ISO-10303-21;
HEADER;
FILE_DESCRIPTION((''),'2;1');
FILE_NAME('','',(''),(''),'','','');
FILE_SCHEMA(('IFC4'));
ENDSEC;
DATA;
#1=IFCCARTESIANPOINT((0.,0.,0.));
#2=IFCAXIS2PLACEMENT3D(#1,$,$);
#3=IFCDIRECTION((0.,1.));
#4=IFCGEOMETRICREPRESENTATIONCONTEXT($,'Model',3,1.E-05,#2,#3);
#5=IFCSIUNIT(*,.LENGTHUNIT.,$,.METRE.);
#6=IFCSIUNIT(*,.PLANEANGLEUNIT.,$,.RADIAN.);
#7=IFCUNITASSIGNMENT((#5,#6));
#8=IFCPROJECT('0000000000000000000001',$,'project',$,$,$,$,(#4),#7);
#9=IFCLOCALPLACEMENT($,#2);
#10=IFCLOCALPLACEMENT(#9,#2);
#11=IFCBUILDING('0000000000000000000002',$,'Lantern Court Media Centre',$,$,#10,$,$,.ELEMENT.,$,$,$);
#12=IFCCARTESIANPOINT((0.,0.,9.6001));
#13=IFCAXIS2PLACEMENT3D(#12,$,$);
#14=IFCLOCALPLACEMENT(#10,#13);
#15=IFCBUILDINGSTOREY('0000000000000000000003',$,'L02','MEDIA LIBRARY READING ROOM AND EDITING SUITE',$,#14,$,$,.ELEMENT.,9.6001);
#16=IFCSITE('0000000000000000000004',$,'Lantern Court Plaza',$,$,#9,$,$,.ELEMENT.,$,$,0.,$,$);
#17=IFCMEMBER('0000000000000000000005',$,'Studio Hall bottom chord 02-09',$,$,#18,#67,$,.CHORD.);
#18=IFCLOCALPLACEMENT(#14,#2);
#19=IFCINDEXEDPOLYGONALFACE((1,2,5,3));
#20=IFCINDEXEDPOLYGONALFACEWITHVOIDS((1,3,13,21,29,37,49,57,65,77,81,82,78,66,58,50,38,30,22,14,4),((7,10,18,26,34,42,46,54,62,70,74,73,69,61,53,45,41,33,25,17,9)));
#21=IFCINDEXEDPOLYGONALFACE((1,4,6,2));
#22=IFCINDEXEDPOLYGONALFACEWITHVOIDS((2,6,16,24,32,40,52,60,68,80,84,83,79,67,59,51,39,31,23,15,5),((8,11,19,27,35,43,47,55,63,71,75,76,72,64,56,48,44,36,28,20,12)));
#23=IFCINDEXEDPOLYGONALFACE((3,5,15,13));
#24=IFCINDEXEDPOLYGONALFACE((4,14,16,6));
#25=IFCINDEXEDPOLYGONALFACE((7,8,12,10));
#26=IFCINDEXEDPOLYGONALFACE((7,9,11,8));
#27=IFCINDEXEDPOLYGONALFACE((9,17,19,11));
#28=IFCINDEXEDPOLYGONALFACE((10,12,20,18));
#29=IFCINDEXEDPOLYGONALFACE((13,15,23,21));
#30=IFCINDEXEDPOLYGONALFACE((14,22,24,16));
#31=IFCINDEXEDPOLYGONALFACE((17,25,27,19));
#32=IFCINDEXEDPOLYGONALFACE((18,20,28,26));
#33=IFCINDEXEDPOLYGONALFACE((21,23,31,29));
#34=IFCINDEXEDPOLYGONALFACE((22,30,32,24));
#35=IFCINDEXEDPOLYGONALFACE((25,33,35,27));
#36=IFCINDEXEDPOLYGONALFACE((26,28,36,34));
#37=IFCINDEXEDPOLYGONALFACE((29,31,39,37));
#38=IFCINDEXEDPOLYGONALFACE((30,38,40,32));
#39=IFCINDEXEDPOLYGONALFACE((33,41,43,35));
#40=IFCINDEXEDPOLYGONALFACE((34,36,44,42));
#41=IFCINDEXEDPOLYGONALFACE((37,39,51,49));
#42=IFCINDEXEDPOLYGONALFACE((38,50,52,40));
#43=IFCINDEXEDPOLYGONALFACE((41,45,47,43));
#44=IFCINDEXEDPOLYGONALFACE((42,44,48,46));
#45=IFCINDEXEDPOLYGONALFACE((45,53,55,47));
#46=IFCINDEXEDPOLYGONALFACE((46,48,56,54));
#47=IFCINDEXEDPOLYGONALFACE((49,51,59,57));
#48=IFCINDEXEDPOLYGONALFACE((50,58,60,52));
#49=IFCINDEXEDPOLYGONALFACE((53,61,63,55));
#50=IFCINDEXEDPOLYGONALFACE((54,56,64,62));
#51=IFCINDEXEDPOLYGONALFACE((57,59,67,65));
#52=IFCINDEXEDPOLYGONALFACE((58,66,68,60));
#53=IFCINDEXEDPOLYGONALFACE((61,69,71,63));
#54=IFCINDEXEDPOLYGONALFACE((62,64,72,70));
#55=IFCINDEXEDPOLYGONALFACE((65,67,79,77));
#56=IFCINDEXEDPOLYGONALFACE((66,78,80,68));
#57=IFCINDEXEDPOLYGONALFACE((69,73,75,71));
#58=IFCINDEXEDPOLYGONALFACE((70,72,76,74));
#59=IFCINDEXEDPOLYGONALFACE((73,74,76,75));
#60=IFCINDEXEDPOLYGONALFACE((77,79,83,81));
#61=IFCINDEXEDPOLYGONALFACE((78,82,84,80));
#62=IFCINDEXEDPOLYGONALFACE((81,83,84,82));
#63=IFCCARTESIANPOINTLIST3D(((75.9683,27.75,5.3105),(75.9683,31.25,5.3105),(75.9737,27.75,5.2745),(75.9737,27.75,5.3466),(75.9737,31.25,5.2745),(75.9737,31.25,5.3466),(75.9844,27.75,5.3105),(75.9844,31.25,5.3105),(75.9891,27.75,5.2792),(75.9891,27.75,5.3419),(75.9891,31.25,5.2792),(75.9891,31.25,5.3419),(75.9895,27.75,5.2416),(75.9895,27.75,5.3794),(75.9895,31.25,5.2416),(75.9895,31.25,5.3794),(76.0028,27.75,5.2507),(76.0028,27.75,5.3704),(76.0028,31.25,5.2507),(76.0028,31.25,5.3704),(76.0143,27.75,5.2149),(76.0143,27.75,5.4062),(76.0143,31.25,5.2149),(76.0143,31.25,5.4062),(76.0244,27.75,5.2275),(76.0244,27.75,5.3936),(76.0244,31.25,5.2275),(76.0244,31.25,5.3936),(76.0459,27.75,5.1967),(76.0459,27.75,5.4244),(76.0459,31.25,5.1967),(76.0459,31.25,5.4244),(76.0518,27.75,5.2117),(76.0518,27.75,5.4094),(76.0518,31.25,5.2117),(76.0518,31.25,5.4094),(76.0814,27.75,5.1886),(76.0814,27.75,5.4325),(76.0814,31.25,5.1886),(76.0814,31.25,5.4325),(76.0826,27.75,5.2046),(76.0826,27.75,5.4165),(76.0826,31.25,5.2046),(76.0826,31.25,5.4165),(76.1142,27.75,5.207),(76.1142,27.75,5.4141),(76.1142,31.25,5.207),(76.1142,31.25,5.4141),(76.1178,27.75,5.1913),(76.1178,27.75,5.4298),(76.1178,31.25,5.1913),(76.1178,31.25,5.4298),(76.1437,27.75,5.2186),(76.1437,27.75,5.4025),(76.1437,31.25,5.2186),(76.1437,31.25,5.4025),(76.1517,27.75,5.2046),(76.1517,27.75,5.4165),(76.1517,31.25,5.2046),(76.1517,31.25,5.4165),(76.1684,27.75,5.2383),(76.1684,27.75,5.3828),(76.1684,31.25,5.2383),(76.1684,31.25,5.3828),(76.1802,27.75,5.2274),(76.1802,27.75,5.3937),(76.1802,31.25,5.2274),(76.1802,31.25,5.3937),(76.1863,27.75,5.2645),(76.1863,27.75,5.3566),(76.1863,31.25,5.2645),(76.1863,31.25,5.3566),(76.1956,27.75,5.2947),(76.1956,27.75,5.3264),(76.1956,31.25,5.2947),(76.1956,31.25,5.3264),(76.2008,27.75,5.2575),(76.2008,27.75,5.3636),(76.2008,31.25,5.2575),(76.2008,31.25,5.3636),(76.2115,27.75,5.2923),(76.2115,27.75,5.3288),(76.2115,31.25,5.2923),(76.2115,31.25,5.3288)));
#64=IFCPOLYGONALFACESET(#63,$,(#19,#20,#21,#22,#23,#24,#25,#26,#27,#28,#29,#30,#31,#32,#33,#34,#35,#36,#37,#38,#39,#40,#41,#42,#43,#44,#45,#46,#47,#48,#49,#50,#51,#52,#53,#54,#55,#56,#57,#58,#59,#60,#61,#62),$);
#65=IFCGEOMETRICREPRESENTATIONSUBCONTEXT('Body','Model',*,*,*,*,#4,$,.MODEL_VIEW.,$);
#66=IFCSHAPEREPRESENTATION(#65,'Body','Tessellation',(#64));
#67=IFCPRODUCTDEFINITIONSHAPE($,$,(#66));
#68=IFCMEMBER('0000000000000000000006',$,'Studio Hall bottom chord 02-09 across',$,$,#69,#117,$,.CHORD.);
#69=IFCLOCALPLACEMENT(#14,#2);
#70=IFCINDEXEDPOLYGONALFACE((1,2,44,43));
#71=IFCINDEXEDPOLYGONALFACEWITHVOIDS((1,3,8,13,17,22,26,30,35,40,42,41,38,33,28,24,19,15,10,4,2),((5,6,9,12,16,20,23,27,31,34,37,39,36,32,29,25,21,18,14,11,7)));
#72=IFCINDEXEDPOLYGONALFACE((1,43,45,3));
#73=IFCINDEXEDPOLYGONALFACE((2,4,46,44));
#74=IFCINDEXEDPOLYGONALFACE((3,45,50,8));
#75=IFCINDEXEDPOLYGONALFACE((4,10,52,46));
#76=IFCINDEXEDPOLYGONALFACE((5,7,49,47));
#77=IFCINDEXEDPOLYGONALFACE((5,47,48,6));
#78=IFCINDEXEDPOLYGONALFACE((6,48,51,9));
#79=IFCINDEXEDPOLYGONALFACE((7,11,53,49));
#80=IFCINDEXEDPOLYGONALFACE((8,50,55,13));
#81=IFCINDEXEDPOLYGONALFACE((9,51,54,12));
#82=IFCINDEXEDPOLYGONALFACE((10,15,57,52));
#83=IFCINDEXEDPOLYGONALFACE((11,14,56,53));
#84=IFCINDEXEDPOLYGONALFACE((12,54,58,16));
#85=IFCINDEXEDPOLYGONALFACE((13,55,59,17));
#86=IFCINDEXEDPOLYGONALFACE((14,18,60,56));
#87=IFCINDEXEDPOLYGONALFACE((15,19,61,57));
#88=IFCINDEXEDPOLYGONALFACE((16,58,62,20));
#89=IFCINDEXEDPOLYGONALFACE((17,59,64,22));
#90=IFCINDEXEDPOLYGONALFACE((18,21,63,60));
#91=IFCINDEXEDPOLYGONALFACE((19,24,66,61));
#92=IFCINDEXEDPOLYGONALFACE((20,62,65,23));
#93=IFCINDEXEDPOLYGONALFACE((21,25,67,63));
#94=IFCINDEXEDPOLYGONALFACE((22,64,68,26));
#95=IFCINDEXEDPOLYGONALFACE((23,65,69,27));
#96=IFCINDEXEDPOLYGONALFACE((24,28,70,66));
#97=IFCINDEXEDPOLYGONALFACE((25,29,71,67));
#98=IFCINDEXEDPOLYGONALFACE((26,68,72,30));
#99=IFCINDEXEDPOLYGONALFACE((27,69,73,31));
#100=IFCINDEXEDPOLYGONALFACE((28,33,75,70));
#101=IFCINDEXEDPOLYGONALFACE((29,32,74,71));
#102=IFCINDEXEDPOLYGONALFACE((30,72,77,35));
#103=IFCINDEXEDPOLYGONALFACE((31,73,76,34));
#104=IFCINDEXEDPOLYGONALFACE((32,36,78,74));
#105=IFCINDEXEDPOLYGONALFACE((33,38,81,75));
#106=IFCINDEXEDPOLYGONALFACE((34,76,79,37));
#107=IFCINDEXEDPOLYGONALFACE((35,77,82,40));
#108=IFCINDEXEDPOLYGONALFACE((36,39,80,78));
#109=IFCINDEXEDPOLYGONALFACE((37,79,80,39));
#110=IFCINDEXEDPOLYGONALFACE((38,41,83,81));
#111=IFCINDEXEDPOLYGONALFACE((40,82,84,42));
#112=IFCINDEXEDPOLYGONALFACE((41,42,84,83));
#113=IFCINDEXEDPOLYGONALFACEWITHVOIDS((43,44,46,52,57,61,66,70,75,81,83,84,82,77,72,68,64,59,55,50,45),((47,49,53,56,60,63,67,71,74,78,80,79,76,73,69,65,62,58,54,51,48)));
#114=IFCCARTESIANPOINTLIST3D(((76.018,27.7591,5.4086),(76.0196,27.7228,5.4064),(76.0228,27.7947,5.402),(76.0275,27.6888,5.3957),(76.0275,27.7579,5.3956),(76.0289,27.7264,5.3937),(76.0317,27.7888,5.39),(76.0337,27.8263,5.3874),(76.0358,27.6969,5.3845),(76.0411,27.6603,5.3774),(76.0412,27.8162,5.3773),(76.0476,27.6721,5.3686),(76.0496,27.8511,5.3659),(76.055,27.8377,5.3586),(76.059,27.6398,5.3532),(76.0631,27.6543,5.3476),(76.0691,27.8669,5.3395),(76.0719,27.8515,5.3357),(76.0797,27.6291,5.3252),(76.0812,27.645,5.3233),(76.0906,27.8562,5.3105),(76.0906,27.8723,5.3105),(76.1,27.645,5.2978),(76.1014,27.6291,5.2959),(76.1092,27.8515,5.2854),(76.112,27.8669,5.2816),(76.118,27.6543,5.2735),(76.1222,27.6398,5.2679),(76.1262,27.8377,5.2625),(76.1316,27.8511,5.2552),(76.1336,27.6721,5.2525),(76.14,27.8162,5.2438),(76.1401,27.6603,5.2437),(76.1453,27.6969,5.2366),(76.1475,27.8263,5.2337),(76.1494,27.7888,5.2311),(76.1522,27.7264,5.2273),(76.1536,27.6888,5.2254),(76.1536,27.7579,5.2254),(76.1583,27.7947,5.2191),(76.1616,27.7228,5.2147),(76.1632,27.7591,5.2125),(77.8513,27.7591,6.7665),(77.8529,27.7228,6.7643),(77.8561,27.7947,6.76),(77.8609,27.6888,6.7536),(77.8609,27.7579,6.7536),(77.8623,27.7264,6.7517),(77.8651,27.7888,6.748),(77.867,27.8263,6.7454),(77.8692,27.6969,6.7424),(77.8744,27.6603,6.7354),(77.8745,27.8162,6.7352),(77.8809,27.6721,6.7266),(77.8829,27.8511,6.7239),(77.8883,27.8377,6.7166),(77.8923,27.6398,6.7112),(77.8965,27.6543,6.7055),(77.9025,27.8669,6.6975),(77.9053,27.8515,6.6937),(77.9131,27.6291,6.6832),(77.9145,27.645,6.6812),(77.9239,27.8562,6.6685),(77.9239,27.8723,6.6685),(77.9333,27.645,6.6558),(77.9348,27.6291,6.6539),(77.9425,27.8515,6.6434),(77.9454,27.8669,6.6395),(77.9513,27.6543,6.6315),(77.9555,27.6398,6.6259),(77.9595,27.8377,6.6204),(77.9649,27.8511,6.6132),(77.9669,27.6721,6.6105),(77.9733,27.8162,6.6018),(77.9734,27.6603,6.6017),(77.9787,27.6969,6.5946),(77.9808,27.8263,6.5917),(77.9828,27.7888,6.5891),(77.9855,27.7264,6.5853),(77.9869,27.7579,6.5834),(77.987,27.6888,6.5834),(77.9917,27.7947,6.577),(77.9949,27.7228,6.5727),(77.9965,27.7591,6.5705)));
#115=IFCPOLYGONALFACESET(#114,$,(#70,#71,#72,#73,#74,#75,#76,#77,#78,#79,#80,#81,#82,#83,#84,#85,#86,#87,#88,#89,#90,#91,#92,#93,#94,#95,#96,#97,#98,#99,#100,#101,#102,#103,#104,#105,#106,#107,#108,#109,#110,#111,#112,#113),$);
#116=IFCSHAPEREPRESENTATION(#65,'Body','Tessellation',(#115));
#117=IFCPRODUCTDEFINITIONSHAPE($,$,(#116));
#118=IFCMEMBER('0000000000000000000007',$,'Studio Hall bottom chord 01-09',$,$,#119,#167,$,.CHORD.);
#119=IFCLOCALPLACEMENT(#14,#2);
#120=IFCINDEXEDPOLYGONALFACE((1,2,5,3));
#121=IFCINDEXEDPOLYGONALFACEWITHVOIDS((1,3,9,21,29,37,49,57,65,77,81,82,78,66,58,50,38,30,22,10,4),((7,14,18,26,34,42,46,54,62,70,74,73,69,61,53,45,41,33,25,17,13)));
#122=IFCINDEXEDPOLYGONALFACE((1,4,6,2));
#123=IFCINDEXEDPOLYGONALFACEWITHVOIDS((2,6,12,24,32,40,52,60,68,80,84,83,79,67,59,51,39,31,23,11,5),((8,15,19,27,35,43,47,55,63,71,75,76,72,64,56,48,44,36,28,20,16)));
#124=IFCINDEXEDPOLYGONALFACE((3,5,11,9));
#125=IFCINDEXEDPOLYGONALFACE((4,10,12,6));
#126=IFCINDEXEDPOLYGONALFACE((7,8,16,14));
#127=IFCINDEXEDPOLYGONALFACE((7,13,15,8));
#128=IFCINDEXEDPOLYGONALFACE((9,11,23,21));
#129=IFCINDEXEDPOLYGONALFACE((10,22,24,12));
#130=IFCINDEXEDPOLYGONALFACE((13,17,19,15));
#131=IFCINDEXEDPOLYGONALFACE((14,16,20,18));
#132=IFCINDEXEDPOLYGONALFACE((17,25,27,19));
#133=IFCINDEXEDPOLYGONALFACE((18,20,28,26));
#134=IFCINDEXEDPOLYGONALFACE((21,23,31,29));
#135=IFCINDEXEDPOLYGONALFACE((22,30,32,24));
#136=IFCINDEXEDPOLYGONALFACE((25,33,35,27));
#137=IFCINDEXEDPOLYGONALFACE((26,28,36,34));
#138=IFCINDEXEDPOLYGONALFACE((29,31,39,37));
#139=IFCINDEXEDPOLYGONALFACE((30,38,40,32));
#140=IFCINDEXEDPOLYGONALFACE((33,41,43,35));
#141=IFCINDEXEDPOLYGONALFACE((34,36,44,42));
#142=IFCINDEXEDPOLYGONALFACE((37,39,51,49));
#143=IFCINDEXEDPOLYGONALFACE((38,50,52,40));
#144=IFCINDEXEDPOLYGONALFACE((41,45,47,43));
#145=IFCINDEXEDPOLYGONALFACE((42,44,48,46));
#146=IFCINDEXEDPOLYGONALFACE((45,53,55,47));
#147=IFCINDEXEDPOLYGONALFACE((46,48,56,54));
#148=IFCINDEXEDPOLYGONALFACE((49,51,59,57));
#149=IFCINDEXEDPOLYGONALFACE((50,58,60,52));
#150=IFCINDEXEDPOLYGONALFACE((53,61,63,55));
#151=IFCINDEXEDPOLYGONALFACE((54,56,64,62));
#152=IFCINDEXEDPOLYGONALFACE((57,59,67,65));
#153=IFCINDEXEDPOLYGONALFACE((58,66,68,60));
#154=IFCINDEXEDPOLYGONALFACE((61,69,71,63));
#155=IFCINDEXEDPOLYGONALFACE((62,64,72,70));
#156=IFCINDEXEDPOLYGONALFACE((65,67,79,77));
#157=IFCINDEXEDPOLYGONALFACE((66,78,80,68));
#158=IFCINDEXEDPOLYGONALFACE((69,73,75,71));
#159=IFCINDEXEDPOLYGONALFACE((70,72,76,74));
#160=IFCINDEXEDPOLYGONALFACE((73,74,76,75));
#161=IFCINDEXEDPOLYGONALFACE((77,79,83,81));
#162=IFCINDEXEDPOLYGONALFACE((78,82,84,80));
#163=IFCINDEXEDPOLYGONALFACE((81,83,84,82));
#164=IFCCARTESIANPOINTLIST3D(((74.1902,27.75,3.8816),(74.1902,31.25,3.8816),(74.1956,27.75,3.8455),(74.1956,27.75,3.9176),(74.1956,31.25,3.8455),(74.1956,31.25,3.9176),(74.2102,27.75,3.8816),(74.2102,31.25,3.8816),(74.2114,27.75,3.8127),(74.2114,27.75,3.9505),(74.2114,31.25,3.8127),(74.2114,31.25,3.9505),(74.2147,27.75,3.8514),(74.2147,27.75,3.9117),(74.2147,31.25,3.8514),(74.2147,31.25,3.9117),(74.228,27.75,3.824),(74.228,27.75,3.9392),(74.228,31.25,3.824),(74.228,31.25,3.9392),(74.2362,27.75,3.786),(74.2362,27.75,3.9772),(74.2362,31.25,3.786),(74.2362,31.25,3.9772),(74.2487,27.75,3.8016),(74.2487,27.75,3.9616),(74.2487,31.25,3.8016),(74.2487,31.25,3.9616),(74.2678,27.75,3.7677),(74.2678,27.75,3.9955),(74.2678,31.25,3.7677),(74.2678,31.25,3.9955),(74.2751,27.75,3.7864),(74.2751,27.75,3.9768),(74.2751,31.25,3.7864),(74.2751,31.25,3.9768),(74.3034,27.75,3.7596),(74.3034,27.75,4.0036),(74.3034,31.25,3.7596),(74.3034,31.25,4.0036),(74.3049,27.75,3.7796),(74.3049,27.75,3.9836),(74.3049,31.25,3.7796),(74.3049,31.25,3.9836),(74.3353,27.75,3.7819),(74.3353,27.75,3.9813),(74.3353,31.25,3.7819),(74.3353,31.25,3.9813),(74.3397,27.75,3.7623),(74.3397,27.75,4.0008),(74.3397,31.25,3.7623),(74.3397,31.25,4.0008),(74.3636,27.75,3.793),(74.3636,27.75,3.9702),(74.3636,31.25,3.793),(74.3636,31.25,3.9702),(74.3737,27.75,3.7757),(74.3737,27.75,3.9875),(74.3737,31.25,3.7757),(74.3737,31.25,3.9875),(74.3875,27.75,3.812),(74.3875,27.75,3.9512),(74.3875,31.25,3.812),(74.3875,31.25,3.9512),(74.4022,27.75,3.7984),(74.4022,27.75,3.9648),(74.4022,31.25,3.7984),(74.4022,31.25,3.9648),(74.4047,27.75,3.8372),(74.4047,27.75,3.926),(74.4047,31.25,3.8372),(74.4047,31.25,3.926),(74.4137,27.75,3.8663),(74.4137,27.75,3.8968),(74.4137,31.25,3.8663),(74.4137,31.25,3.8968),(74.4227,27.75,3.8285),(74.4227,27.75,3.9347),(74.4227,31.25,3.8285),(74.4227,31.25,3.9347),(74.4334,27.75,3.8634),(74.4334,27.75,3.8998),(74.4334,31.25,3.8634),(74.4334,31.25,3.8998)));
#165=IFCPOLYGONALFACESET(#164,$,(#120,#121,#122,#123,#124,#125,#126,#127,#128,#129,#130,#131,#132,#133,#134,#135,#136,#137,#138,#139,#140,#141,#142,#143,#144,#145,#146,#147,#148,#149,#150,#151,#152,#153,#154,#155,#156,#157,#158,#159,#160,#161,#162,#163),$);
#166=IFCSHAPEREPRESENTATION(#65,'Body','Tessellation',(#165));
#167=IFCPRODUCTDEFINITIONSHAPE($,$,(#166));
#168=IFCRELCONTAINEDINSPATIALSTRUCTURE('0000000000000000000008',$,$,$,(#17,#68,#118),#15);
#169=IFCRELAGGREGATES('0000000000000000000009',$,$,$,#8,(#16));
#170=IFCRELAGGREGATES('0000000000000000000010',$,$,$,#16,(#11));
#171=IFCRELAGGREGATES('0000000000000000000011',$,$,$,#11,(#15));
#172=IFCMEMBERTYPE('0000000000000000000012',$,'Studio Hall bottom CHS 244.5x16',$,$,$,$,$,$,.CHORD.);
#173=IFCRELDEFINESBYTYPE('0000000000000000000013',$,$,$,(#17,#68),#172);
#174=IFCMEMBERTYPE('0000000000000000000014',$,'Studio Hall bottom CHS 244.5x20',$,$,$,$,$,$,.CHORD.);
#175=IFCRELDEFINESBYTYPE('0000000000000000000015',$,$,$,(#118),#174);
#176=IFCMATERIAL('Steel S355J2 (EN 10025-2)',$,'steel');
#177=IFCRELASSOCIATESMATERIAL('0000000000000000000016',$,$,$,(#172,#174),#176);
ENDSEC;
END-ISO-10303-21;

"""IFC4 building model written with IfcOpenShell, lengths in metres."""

from ifc_helpers import new_model, si_unit, direction, frame, origin, origin_2d, place, context, subcontext, project, spatial, hollow_circle, extrude, material, material_profile, profile_set, type_object, element, save


model = new_model("IFC4")

# Units and contexts
model_context = context("Model", 3, precision=1e-05, world=origin(), true_north=direction((0.0, 1.0)))
body_context = subcontext(model_context, "Body", "Model", "MODEL_VIEW")
ifc_project = project(units=[si_unit("LENGTHUNIT", "METRE"), si_unit("PLANEANGLEUNIT", "RADIAN")], contexts=[model_context])

# Site, building, storey
site_placement = place(None, origin())
site = spatial("IfcSite", under=ifc_project, at=site_placement, Name="Lantern Court Plaza", CompositionType="ELEMENT", RefElevation=0.0)
building_placement = place(site_placement, origin())
building = spatial("IfcBuilding", under=site, at=building_placement, Name="Lantern Court Media Centre", CompositionType="ELEMENT")
storey_placement = place(building_placement, frame((0.0, 0.0, 9.6001)))
storey = spatial("IfcBuildingStorey", under=building, at=storey_placement, Name="L02", Description="MEDIA LIBRARY READING ROOM AND EDITING SUITE", CompositionType="ELEMENT", Elevation=9.6001)

# Members
ifc_material_1 = material(Name="Steel S355J2 (EN 10025-2)", Category="steel")
ifc_material_profile_1 = material_profile(ifc_material_1, hollow_circle(Radius=0.1223, WallThickness=0.0161, at=origin_2d()), Name="Studio Hall bottom CHS 244.5x16")
ifc_profile_set_1 = profile_set([ifc_material_profile_1], Name="Steel S355J2 (EN 10025-2)")
member_type_1 = type_object("IfcMemberType", Name="Studio Hall bottom CHS 244.5x16", PredefinedType="CHORD", material=ifc_profile_set_1)
member_1_placement = place(storey_placement, frame((76.0906, 27.75, 5.3105), z_axis=(0.0, 1.0, 0.0), x_axis=(-1.0, 0.0, 0.0)))
element("IfcMember", 1, at=member_1_placement, inside=storey, type_object=member_type_1, Name="Studio Hall bottom chord 02-09", PredefinedType="CHORD", context=body_context, shape_type="SweptSolid", body=[
    extrude(hollow_circle(Radius=0.1223, WallThickness=0.0161, at=origin_2d()), origin(), (0.0, 0.0, 1.0), 3.5),
])
member_2_placement = place(storey_placement, frame((76.0906, 27.75, 5.3105), z_axis=(0.803569, 0.0, 0.595212), x_axis=(0.0, 1.0, 0.0)))
element("IfcMember", 2, at=member_2_placement, inside=storey, type_object=member_type_1, Name="Studio Hall bottom chord 02-09 across", PredefinedType="CHORD", context=body_context, shape_type="SweptSolid", body=[
    extrude(hollow_circle(Radius=0.1223, WallThickness=0.0161, at=origin_2d()), origin(), (0.0, 0.0, 1.0), 2.2815),
])
ifc_material_profile_2 = material_profile(ifc_material_1, hollow_circle(Radius=0.1223, WallThickness=0.02, at=origin_2d()), Name="Studio Hall bottom CHS 244.5x20")
ifc_profile_set_2 = profile_set([ifc_material_profile_2], Name="Steel S355J2 (EN 10025-2)")
member_type_2 = type_object("IfcMemberType", Name="Studio Hall bottom CHS 244.5x20", PredefinedType="CHORD", material=ifc_profile_set_2)
for number, where, z_axis, x_axis, name in (
    (3, (74.3125, 27.75, 3.8816), (0.0, 1.0, 0.0), (-1.0, 0.0, 0.0), "Studio Hall bottom chord 01-09"),
):
    element("IfcMember", number, at=place(storey_placement, frame(where, z_axis=z_axis, x_axis=x_axis)), inside=storey, type_object=member_type_2, Name=name, PredefinedType="CHORD", context=body_context, shape_type="SweptSolid", body=[
        extrude(hollow_circle(Radius=0.1223, WallThickness=0.02, at=origin_2d()), origin(), (0.0, 0.0, 1.0), 3.5),
    ])

save(model, "model.ifc")
